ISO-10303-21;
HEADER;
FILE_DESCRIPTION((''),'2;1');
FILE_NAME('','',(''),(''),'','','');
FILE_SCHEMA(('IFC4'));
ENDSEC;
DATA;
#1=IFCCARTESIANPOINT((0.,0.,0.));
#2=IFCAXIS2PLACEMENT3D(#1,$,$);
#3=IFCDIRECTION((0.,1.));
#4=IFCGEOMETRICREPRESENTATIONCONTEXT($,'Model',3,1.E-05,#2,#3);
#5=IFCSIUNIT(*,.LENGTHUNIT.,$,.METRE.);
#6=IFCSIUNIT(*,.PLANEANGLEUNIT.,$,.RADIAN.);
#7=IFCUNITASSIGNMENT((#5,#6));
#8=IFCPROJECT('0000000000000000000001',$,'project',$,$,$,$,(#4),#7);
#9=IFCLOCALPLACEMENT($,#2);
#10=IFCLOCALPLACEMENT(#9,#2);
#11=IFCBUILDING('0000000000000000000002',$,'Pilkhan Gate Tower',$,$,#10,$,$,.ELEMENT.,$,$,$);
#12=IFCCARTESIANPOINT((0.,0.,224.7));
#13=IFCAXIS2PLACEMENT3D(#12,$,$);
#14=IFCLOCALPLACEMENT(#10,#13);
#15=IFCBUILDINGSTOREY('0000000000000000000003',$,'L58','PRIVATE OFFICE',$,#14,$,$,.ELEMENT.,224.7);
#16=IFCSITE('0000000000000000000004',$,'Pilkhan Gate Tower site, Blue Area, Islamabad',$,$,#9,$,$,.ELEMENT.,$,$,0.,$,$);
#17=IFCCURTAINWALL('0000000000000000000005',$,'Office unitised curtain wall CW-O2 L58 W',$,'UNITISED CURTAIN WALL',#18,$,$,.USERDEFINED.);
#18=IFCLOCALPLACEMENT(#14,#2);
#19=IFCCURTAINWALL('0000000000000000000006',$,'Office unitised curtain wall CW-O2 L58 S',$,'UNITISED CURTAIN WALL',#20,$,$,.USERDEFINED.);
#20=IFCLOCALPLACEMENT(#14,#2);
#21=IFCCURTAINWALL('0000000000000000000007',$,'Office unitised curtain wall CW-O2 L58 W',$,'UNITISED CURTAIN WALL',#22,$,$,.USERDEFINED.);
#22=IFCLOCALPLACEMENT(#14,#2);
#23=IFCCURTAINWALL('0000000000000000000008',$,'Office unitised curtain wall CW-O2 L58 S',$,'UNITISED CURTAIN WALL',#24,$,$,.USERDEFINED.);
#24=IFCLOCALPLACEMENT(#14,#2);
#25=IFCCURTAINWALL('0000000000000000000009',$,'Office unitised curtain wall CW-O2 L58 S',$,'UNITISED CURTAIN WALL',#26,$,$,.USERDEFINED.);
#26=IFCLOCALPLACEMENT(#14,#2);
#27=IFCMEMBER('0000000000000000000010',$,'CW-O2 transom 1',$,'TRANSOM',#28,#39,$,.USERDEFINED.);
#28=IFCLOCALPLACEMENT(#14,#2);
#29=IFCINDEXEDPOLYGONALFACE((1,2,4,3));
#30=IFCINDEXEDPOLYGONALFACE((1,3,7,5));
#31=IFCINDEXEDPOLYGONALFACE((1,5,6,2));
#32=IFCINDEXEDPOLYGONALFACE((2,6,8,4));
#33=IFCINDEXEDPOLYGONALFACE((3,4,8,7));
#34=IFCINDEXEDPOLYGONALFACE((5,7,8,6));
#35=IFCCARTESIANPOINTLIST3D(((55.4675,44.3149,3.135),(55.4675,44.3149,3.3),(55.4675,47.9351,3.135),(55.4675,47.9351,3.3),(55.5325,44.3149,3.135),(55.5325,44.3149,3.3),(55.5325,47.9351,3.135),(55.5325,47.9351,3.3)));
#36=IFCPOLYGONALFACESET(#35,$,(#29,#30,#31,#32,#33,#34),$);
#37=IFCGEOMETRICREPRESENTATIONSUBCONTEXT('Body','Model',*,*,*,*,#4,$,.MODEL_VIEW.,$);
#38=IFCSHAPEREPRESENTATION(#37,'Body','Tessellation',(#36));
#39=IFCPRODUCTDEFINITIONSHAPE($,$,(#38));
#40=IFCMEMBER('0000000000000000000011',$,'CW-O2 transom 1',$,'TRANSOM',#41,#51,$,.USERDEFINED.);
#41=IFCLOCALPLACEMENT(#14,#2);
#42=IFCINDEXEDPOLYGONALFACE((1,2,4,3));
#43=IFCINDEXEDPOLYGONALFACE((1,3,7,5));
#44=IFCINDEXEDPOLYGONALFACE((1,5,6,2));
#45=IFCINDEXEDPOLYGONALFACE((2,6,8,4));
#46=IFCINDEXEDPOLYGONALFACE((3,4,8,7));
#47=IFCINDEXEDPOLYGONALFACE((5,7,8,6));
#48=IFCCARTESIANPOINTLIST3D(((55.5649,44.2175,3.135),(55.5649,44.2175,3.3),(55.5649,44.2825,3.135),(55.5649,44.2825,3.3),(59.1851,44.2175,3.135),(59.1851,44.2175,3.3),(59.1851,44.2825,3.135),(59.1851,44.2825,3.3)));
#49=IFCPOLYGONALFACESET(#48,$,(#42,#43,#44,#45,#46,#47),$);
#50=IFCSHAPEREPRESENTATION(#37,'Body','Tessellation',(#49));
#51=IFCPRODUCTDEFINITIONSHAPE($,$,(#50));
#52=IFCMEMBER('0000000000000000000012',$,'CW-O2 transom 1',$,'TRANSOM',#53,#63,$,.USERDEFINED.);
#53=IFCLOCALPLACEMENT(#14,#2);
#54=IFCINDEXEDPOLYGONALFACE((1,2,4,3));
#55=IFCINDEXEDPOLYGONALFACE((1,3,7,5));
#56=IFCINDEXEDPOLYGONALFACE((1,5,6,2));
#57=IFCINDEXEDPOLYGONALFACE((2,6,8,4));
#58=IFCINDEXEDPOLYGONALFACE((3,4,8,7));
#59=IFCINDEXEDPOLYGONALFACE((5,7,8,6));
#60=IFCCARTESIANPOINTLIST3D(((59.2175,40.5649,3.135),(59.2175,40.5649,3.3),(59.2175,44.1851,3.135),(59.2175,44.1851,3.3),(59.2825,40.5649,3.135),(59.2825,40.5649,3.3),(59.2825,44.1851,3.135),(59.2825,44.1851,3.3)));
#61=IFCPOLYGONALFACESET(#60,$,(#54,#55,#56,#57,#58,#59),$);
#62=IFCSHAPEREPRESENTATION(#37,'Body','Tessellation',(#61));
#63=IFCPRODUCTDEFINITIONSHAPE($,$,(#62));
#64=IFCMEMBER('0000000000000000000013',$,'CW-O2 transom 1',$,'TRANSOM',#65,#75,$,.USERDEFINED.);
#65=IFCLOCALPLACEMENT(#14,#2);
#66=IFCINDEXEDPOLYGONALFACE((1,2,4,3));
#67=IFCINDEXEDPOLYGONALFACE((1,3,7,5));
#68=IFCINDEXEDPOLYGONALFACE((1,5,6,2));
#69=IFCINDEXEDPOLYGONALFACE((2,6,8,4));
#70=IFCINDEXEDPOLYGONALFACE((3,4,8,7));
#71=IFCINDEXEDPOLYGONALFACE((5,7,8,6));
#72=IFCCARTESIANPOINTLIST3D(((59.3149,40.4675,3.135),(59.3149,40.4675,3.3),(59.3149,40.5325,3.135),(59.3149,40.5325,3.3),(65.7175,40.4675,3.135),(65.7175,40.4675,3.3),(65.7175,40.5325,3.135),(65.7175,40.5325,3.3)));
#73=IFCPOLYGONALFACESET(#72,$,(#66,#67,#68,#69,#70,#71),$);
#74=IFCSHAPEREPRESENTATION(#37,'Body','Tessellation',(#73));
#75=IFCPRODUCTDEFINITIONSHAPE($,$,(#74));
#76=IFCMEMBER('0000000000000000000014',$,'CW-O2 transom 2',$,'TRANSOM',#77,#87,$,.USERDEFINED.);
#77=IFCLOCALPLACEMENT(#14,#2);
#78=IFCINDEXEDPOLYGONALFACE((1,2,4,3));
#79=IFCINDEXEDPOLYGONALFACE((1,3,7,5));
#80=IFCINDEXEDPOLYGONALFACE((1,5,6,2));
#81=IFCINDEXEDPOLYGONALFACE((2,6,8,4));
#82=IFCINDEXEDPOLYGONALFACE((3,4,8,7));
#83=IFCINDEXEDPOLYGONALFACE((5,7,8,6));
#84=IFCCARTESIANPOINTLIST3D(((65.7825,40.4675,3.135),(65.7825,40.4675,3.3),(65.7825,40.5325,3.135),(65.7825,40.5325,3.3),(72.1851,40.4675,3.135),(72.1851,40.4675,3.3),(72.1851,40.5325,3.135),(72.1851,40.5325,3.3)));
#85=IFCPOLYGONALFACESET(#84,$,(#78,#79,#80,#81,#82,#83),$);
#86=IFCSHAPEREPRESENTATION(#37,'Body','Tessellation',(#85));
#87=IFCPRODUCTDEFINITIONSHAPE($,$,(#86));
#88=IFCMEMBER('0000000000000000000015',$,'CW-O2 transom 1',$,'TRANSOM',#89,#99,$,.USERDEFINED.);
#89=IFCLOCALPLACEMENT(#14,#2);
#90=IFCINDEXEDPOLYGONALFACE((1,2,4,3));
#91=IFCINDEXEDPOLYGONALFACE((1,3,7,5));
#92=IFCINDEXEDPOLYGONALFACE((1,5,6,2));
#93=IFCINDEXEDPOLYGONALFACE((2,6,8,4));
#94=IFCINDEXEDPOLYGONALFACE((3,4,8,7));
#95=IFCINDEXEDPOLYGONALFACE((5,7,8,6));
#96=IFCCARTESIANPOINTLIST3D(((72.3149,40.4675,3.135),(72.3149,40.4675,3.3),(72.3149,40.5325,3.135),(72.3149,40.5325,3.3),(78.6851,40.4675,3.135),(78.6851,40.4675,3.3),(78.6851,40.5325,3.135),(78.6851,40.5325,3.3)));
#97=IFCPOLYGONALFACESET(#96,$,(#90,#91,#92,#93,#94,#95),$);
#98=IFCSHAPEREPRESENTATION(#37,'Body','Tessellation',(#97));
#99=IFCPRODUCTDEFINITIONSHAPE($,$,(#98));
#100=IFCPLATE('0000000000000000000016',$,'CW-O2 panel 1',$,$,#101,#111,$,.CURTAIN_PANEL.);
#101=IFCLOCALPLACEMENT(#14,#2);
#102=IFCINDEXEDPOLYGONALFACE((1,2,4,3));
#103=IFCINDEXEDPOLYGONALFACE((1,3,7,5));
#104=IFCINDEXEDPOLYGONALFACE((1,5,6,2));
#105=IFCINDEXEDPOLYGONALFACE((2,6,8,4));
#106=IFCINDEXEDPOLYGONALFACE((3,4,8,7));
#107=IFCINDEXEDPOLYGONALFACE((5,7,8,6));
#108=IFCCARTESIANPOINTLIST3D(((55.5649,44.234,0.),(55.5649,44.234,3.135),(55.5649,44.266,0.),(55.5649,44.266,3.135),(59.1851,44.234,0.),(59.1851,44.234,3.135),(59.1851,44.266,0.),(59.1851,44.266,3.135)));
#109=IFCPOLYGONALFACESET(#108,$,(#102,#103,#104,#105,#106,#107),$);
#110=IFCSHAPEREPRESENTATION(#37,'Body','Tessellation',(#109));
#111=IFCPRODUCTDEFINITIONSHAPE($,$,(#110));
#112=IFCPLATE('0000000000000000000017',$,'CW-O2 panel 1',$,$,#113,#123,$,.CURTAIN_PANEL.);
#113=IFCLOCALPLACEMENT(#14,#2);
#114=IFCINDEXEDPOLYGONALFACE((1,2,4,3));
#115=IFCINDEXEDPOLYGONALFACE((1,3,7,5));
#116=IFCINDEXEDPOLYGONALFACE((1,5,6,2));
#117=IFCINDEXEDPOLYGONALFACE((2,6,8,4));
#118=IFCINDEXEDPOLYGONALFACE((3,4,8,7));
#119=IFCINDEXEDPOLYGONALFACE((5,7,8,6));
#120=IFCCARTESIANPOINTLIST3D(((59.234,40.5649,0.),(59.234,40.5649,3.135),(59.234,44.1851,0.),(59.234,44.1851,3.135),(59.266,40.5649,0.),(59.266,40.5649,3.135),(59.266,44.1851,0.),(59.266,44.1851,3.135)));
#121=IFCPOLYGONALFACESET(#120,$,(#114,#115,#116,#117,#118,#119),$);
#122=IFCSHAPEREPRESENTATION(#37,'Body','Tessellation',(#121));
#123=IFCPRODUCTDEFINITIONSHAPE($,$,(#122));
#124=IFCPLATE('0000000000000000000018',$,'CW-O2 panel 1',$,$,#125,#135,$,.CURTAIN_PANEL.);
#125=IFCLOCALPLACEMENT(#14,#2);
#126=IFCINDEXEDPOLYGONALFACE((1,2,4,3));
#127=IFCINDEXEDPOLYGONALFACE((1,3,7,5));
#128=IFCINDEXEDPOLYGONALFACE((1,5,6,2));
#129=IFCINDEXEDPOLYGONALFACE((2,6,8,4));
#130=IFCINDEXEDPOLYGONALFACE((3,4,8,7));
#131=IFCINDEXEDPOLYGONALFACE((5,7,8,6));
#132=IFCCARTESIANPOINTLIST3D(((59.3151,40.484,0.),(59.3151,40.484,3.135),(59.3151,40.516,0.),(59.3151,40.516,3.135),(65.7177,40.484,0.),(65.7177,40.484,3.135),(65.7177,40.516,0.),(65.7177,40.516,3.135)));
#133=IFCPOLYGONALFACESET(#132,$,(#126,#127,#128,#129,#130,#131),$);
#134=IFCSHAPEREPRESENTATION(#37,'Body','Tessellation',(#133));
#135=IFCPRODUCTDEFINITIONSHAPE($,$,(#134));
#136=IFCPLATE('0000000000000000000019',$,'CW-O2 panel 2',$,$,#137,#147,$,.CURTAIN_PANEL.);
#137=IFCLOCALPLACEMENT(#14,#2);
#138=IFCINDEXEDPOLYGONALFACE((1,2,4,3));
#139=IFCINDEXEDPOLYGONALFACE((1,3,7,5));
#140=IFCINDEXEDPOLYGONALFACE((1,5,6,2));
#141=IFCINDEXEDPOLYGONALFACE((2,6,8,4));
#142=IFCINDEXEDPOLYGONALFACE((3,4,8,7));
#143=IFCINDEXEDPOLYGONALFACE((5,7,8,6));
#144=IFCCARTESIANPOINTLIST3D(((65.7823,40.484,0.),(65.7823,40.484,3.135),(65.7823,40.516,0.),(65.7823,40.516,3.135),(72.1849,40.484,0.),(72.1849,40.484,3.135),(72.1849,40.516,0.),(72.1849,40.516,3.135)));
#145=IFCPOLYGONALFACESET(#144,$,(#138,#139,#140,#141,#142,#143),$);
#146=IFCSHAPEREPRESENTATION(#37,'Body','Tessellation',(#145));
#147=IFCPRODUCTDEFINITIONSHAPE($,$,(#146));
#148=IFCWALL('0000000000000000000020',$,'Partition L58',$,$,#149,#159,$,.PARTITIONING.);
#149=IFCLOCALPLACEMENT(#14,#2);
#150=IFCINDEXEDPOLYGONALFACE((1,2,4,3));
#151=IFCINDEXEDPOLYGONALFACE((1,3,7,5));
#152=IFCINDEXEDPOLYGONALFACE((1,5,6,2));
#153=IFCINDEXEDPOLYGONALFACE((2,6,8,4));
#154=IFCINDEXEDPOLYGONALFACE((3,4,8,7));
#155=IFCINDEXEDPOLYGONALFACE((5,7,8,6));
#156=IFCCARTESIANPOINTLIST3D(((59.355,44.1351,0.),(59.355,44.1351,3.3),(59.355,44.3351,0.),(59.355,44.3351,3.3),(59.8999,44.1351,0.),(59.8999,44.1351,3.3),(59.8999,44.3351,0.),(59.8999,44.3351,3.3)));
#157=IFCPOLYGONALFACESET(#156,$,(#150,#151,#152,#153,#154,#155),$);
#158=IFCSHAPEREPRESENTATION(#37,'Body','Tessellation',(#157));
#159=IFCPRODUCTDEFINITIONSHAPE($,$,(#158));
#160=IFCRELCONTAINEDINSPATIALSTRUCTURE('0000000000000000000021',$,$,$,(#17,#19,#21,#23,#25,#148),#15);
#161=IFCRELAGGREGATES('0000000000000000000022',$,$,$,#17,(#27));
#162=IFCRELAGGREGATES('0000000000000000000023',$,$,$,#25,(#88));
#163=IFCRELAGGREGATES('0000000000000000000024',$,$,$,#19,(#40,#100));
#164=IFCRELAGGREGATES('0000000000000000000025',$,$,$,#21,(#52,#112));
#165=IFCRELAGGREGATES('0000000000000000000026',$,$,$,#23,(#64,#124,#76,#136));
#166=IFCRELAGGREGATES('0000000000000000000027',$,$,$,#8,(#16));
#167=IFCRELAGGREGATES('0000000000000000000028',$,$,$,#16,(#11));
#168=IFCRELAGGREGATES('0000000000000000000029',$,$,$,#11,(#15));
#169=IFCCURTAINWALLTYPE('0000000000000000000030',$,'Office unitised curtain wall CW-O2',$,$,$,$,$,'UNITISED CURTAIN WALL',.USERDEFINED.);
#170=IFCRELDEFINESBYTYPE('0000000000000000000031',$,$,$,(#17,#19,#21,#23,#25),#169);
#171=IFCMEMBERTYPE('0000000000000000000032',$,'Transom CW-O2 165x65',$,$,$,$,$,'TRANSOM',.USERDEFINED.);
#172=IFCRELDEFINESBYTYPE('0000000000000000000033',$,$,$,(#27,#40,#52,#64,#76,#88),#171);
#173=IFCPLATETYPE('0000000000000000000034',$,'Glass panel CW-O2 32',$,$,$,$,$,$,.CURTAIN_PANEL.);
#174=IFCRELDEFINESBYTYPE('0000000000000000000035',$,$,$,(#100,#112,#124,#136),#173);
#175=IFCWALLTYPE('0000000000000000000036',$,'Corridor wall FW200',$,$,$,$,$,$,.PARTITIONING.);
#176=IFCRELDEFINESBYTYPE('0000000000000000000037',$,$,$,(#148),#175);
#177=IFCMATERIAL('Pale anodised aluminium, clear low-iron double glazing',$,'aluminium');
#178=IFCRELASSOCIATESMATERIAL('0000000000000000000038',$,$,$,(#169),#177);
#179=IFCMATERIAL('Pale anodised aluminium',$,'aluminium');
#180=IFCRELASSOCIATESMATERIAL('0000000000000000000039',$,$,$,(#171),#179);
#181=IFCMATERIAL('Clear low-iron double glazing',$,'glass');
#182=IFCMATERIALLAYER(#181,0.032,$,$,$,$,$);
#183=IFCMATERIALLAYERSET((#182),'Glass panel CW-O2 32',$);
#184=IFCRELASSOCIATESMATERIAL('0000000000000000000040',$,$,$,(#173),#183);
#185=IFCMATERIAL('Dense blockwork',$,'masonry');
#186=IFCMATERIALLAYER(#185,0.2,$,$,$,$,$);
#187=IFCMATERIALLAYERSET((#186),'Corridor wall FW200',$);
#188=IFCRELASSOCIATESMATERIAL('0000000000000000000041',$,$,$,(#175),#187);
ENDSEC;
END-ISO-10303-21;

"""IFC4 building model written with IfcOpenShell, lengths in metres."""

from ifc_helpers import new_model, si_unit, direction, frame, frame_2d, origin, origin_2d, place, context, subcontext, project, spatial, rectangle, extrude, material, layer, layer_set, material_profile, profile_set, type_object, element, aggregate, save


model = new_model("IFC4")

# Units and contexts
model_context = context("Model", 3, precision=1e-05, world=origin(), true_north=direction((0.0, 1.0)))
body_context = subcontext(model_context, "Body", "Model", "MODEL_VIEW")
ifc_project = project(units=[si_unit("LENGTHUNIT", "METRE"), si_unit("PLANEANGLEUNIT", "RADIAN")], contexts=[model_context])

# Site, building, storey
site_placement = place(None, origin())
site = spatial("IfcSite", under=ifc_project, at=site_placement, Name="Pilkhan Gate Tower site, Blue Area, Islamabad", CompositionType="ELEMENT", RefElevation=0.0)
building_placement = place(site_placement, origin())
building = spatial("IfcBuilding", under=site, at=building_placement, Name="Pilkhan Gate Tower", CompositionType="ELEMENT")
storey_placement = place(building_placement, frame((0.0, 0.0, 224.7)))
storey = spatial("IfcBuildingStorey", under=building, at=storey_placement, Name="L58", Description="PRIVATE OFFICE", CompositionType="ELEMENT", Elevation=224.7)

# Curtain wall
ifc_material_1 = material(Name="Pale anodised aluminium, clear low-iron double glazing", Category="aluminium")
curtain_wall_type = type_object("IfcCurtainWallType", Name="Office unitised curtain wall CW-O2", ElementType="UNITISED CURTAIN WALL", PredefinedType="USERDEFINED", material=ifc_material_1)
curtain_wall_1_placement = place(storey_placement, origin())
curtain_wall_1 = element("IfcCurtainWall", 1, at=curtain_wall_1_placement, inside=storey, type_object=curtain_wall_type, Name="Office unitised curtain wall CW-O2 L58 W", ObjectType="UNITISED CURTAIN WALL", PredefinedType="USERDEFINED")
ifc_material_2 = material(Name="Pale anodised aluminium", Category="aluminium")

# Curtain walls
curtain_wall_2_placement = place(storey_placement, origin())
curtain_wall_2 = element("IfcCurtainWall", 2, at=curtain_wall_2_placement, inside=storey, type_object=curtain_wall_type, Name="Office unitised curtain wall CW-O2 L58 S", ObjectType="UNITISED CURTAIN WALL", PredefinedType="USERDEFINED")
curtain_wall_3_placement = place(storey_placement, origin())
curtain_wall_3 = element("IfcCurtainWall", 3, at=curtain_wall_3_placement, inside=storey, type_object=curtain_wall_type, Name="Office unitised curtain wall CW-O2 L58 W", ObjectType="UNITISED CURTAIN WALL", PredefinedType="USERDEFINED")
curtain_wall_4_placement = place(storey_placement, origin())
curtain_wall_4 = element("IfcCurtainWall", 4, at=curtain_wall_4_placement, inside=storey, type_object=curtain_wall_type, Name="Office unitised curtain wall CW-O2 L58 S", ObjectType="UNITISED CURTAIN WALL", PredefinedType="USERDEFINED")

# Curtain wall
curtain_wall_5_placement = place(storey_placement, origin())
curtain_wall_5 = element("IfcCurtainWall", 5, at=curtain_wall_5_placement, inside=storey, type_object=curtain_wall_type, Name="Office unitised curtain wall CW-O2 L58 S", ObjectType="UNITISED CURTAIN WALL", PredefinedType="USERDEFINED")

# Members
ifc_material_profile_1 = material_profile(ifc_material_2, rectangle(XDim=0.0649, YDim=0.165, at=origin_2d()), Name="Transom 165x65")
ifc_profile_set_1 = profile_set([ifc_material_profile_1], Name="Pale anodised aluminium")
member_type_1 = type_object("IfcMemberType", Name="Transom CW-O2 165x65", ElementType="TRANSOM", PredefinedType="USERDEFINED", material=ifc_profile_set_1)
member_1_placement = place(storey_placement, frame((55.5, 44.3149, 3.2175), z_axis=(0.0, 1.0, 0.0), x_axis=(-1.0, 0.0, 0.0)))
member_1 = element("IfcMember", 6, at=member_1_placement, type_object=member_type_1, Name="CW-O2 transom 1", ObjectType="TRANSOM", PredefinedType="USERDEFINED", context=body_context, shape_type="SweptSolid", body=[
    extrude(rectangle(XDim=0.0649, YDim=0.165, at=origin_2d()), origin(), (0.0, 0.0, 1.0), 3.6201),
])
aggregate(curtain_wall_1, [member_1])
member_2_placement = place(storey_placement, frame((55.5649, 44.25, 3.2175), z_axis=(1.0, 0.0, 0.0), x_axis=(0.0, 1.0, 0.0)))
member_2 = element("IfcMember", 7, at=member_2_placement, type_object=member_type_1, Name="CW-O2 transom 1", ObjectType="TRANSOM", PredefinedType="USERDEFINED", context=body_context, shape_type="SweptSolid", body=[
    extrude(rectangle(XDim=0.0649, YDim=0.165, at=origin_2d()), origin(), (0.0, 0.0, 1.0), 3.6201),
])
member_3_placement = place(storey_placement, frame((59.25, 40.5649, 3.2175), z_axis=(0.0, 1.0, 0.0), x_axis=(-1.0, 0.0, 0.0)))
member_3 = element("IfcMember", 8, at=member_3_placement, type_object=member_type_1, Name="CW-O2 transom 1", ObjectType="TRANSOM", PredefinedType="USERDEFINED", context=body_context, shape_type="SweptSolid", body=[
    extrude(rectangle(XDim=0.0649, YDim=0.165, at=origin_2d()), origin(), (0.0, 0.0, 1.0), 3.6201),
])
member_4_placement = place(storey_placement, frame((59.3149, 40.5, 3.2175), z_axis=(1.0, 0.0, 0.0), x_axis=(0.0, 1.0, 0.0)))
member_4 = element("IfcMember", 9, at=member_4_placement, type_object=member_type_1, Name="CW-O2 transom 1", ObjectType="TRANSOM", PredefinedType="USERDEFINED", context=body_context, shape_type="SweptSolid", body=[
    extrude(rectangle(XDim=0.0649, YDim=0.165, at=origin_2d()), origin(), (0.0, 0.0, 1.0), 6.4026),
])
member_5_placement = place(storey_placement, frame((65.7825, 40.5, 3.2175), z_axis=(1.0, 0.0, 0.0), x_axis=(0.0, 1.0, 0.0)))
member_5 = element("IfcMember", 10, at=member_5_placement, type_object=member_type_1, Name="CW-O2 transom 2", ObjectType="TRANSOM", PredefinedType="USERDEFINED", context=body_context, shape_type="SweptSolid", body=[
    extrude(rectangle(XDim=0.0649, YDim=0.165, at=origin_2d()), origin(), (0.0, 0.0, 1.0), 6.4026),
])
member_6_placement = place(storey_placement, frame((72.3149, 40.5, 3.2175), z_axis=(1.0, 0.0, 0.0), x_axis=(0.0, 1.0, 0.0)))
member_6 = element("IfcMember", 11, at=member_6_placement, type_object=member_type_1, Name="CW-O2 transom 1", ObjectType="TRANSOM", PredefinedType="USERDEFINED", context=body_context, shape_type="SweptSolid", body=[
    extrude(rectangle(XDim=0.0649, YDim=0.165, at=origin_2d()), origin(), (0.0, 0.0, 1.0), 6.3701),
])
aggregate(curtain_wall_5, [member_6])

# Plates
ifc_material_3 = material(Name="Clear low-iron double glazing", Category="glass")
ifc_layer_1 = layer(ifc_material_3, 0.032)
ifc_layer_set_1 = layer_set([ifc_layer_1], Name="Glass panel CW-O2 32")
plate_type = type_object("IfcPlateType", Name="Glass panel CW-O2 32", PredefinedType="CURTAIN_PANEL", material=ifc_layer_set_1)
plate_1_placement = place(storey_placement, frame((57.375, 44.25, 0.0), z_axis=(0.0, 0.0, 1.0), x_axis=(1.0, 0.0, 0.0)))
plate_1 = element("IfcPlate", 12, at=plate_1_placement, type_object=plate_type, Name="CW-O2 panel 1", PredefinedType="CURTAIN_PANEL", context=body_context, shape_type="SweptSolid", body=[
    extrude(rectangle(XDim=3.6201, YDim=0.032, at=origin_2d()), origin(), (0.0, 0.0, 1.0), 3.135),
])
aggregate(curtain_wall_2, [member_2, plate_1])
plate_2_placement = place(storey_placement, frame((59.25, 42.375, 0.0), z_axis=(0.0, 0.0, 1.0), x_axis=(0.0, 1.0, 0.0)))
plate_2 = element("IfcPlate", 13, at=plate_2_placement, type_object=plate_type, Name="CW-O2 panel 1", PredefinedType="CURTAIN_PANEL", context=body_context, shape_type="SweptSolid", body=[
    extrude(rectangle(XDim=3.6201, YDim=0.032, at=origin_2d()), origin(), (0.0, 0.0, 1.0), 3.135),
])
aggregate(curtain_wall_3, [member_3, plate_2])
plate_3_placement = place(storey_placement, frame((62.5164, 40.5, 0.0), z_axis=(0.0, 0.0, 1.0), x_axis=(1.0, 0.0, 0.0)))
plate_3 = element("IfcPlate", 14, at=plate_3_placement, type_object=plate_type, Name="CW-O2 panel 1", PredefinedType="CURTAIN_PANEL", context=body_context, shape_type="SweptSolid", body=[
    extrude(rectangle(XDim=6.4026, YDim=0.032, at=origin_2d()), origin(), (0.0, 0.0, 1.0), 3.135),
])
plate_4_placement = place(storey_placement, frame((68.9836, 40.5, 0.0), z_axis=(0.0, 0.0, 1.0), x_axis=(1.0, 0.0, 0.0)))
plate_4 = element("IfcPlate", 15, at=plate_4_placement, type_object=plate_type, Name="CW-O2 panel 2", PredefinedType="CURTAIN_PANEL", context=body_context, shape_type="SweptSolid", body=[
    extrude(rectangle(XDim=6.4026, YDim=0.032, at=origin_2d()), origin(), (0.0, 0.0, 1.0), 3.135),
])
aggregate(curtain_wall_4, [member_4, plate_3, member_5, plate_4])

# Wall
ifc_material_4 = material(Name="Dense blockwork", Category="masonry")
ifc_layer_2 = layer(ifc_material_4, 0.2)
ifc_layer_set_2 = layer_set([ifc_layer_2], Name="Corridor wall FW200")
wall_type_1 = type_object("IfcWallType", Name="Corridor wall FW200", PredefinedType="PARTITIONING", material=ifc_layer_set_2)
wall_1_placement = place(storey_placement, frame((59.355, 44.2351, 0.0), z_axis=(0.0, 0.0, 1.0), x_axis=(1.0, 0.0, 0.0)))
element("IfcWall", 16, at=wall_1_placement, inside=storey, type_object=wall_type_1, Name="Partition L58", PredefinedType="PARTITIONING", context=body_context, shape_type="SweptSolid", body=[
    extrude(rectangle(XDim=0.5449, YDim=0.2, at=frame_2d((0.2725, 0.0))), origin(), (0.0, 0.0, 1.0), 3.3),
])

save(model, "model.ifc")
